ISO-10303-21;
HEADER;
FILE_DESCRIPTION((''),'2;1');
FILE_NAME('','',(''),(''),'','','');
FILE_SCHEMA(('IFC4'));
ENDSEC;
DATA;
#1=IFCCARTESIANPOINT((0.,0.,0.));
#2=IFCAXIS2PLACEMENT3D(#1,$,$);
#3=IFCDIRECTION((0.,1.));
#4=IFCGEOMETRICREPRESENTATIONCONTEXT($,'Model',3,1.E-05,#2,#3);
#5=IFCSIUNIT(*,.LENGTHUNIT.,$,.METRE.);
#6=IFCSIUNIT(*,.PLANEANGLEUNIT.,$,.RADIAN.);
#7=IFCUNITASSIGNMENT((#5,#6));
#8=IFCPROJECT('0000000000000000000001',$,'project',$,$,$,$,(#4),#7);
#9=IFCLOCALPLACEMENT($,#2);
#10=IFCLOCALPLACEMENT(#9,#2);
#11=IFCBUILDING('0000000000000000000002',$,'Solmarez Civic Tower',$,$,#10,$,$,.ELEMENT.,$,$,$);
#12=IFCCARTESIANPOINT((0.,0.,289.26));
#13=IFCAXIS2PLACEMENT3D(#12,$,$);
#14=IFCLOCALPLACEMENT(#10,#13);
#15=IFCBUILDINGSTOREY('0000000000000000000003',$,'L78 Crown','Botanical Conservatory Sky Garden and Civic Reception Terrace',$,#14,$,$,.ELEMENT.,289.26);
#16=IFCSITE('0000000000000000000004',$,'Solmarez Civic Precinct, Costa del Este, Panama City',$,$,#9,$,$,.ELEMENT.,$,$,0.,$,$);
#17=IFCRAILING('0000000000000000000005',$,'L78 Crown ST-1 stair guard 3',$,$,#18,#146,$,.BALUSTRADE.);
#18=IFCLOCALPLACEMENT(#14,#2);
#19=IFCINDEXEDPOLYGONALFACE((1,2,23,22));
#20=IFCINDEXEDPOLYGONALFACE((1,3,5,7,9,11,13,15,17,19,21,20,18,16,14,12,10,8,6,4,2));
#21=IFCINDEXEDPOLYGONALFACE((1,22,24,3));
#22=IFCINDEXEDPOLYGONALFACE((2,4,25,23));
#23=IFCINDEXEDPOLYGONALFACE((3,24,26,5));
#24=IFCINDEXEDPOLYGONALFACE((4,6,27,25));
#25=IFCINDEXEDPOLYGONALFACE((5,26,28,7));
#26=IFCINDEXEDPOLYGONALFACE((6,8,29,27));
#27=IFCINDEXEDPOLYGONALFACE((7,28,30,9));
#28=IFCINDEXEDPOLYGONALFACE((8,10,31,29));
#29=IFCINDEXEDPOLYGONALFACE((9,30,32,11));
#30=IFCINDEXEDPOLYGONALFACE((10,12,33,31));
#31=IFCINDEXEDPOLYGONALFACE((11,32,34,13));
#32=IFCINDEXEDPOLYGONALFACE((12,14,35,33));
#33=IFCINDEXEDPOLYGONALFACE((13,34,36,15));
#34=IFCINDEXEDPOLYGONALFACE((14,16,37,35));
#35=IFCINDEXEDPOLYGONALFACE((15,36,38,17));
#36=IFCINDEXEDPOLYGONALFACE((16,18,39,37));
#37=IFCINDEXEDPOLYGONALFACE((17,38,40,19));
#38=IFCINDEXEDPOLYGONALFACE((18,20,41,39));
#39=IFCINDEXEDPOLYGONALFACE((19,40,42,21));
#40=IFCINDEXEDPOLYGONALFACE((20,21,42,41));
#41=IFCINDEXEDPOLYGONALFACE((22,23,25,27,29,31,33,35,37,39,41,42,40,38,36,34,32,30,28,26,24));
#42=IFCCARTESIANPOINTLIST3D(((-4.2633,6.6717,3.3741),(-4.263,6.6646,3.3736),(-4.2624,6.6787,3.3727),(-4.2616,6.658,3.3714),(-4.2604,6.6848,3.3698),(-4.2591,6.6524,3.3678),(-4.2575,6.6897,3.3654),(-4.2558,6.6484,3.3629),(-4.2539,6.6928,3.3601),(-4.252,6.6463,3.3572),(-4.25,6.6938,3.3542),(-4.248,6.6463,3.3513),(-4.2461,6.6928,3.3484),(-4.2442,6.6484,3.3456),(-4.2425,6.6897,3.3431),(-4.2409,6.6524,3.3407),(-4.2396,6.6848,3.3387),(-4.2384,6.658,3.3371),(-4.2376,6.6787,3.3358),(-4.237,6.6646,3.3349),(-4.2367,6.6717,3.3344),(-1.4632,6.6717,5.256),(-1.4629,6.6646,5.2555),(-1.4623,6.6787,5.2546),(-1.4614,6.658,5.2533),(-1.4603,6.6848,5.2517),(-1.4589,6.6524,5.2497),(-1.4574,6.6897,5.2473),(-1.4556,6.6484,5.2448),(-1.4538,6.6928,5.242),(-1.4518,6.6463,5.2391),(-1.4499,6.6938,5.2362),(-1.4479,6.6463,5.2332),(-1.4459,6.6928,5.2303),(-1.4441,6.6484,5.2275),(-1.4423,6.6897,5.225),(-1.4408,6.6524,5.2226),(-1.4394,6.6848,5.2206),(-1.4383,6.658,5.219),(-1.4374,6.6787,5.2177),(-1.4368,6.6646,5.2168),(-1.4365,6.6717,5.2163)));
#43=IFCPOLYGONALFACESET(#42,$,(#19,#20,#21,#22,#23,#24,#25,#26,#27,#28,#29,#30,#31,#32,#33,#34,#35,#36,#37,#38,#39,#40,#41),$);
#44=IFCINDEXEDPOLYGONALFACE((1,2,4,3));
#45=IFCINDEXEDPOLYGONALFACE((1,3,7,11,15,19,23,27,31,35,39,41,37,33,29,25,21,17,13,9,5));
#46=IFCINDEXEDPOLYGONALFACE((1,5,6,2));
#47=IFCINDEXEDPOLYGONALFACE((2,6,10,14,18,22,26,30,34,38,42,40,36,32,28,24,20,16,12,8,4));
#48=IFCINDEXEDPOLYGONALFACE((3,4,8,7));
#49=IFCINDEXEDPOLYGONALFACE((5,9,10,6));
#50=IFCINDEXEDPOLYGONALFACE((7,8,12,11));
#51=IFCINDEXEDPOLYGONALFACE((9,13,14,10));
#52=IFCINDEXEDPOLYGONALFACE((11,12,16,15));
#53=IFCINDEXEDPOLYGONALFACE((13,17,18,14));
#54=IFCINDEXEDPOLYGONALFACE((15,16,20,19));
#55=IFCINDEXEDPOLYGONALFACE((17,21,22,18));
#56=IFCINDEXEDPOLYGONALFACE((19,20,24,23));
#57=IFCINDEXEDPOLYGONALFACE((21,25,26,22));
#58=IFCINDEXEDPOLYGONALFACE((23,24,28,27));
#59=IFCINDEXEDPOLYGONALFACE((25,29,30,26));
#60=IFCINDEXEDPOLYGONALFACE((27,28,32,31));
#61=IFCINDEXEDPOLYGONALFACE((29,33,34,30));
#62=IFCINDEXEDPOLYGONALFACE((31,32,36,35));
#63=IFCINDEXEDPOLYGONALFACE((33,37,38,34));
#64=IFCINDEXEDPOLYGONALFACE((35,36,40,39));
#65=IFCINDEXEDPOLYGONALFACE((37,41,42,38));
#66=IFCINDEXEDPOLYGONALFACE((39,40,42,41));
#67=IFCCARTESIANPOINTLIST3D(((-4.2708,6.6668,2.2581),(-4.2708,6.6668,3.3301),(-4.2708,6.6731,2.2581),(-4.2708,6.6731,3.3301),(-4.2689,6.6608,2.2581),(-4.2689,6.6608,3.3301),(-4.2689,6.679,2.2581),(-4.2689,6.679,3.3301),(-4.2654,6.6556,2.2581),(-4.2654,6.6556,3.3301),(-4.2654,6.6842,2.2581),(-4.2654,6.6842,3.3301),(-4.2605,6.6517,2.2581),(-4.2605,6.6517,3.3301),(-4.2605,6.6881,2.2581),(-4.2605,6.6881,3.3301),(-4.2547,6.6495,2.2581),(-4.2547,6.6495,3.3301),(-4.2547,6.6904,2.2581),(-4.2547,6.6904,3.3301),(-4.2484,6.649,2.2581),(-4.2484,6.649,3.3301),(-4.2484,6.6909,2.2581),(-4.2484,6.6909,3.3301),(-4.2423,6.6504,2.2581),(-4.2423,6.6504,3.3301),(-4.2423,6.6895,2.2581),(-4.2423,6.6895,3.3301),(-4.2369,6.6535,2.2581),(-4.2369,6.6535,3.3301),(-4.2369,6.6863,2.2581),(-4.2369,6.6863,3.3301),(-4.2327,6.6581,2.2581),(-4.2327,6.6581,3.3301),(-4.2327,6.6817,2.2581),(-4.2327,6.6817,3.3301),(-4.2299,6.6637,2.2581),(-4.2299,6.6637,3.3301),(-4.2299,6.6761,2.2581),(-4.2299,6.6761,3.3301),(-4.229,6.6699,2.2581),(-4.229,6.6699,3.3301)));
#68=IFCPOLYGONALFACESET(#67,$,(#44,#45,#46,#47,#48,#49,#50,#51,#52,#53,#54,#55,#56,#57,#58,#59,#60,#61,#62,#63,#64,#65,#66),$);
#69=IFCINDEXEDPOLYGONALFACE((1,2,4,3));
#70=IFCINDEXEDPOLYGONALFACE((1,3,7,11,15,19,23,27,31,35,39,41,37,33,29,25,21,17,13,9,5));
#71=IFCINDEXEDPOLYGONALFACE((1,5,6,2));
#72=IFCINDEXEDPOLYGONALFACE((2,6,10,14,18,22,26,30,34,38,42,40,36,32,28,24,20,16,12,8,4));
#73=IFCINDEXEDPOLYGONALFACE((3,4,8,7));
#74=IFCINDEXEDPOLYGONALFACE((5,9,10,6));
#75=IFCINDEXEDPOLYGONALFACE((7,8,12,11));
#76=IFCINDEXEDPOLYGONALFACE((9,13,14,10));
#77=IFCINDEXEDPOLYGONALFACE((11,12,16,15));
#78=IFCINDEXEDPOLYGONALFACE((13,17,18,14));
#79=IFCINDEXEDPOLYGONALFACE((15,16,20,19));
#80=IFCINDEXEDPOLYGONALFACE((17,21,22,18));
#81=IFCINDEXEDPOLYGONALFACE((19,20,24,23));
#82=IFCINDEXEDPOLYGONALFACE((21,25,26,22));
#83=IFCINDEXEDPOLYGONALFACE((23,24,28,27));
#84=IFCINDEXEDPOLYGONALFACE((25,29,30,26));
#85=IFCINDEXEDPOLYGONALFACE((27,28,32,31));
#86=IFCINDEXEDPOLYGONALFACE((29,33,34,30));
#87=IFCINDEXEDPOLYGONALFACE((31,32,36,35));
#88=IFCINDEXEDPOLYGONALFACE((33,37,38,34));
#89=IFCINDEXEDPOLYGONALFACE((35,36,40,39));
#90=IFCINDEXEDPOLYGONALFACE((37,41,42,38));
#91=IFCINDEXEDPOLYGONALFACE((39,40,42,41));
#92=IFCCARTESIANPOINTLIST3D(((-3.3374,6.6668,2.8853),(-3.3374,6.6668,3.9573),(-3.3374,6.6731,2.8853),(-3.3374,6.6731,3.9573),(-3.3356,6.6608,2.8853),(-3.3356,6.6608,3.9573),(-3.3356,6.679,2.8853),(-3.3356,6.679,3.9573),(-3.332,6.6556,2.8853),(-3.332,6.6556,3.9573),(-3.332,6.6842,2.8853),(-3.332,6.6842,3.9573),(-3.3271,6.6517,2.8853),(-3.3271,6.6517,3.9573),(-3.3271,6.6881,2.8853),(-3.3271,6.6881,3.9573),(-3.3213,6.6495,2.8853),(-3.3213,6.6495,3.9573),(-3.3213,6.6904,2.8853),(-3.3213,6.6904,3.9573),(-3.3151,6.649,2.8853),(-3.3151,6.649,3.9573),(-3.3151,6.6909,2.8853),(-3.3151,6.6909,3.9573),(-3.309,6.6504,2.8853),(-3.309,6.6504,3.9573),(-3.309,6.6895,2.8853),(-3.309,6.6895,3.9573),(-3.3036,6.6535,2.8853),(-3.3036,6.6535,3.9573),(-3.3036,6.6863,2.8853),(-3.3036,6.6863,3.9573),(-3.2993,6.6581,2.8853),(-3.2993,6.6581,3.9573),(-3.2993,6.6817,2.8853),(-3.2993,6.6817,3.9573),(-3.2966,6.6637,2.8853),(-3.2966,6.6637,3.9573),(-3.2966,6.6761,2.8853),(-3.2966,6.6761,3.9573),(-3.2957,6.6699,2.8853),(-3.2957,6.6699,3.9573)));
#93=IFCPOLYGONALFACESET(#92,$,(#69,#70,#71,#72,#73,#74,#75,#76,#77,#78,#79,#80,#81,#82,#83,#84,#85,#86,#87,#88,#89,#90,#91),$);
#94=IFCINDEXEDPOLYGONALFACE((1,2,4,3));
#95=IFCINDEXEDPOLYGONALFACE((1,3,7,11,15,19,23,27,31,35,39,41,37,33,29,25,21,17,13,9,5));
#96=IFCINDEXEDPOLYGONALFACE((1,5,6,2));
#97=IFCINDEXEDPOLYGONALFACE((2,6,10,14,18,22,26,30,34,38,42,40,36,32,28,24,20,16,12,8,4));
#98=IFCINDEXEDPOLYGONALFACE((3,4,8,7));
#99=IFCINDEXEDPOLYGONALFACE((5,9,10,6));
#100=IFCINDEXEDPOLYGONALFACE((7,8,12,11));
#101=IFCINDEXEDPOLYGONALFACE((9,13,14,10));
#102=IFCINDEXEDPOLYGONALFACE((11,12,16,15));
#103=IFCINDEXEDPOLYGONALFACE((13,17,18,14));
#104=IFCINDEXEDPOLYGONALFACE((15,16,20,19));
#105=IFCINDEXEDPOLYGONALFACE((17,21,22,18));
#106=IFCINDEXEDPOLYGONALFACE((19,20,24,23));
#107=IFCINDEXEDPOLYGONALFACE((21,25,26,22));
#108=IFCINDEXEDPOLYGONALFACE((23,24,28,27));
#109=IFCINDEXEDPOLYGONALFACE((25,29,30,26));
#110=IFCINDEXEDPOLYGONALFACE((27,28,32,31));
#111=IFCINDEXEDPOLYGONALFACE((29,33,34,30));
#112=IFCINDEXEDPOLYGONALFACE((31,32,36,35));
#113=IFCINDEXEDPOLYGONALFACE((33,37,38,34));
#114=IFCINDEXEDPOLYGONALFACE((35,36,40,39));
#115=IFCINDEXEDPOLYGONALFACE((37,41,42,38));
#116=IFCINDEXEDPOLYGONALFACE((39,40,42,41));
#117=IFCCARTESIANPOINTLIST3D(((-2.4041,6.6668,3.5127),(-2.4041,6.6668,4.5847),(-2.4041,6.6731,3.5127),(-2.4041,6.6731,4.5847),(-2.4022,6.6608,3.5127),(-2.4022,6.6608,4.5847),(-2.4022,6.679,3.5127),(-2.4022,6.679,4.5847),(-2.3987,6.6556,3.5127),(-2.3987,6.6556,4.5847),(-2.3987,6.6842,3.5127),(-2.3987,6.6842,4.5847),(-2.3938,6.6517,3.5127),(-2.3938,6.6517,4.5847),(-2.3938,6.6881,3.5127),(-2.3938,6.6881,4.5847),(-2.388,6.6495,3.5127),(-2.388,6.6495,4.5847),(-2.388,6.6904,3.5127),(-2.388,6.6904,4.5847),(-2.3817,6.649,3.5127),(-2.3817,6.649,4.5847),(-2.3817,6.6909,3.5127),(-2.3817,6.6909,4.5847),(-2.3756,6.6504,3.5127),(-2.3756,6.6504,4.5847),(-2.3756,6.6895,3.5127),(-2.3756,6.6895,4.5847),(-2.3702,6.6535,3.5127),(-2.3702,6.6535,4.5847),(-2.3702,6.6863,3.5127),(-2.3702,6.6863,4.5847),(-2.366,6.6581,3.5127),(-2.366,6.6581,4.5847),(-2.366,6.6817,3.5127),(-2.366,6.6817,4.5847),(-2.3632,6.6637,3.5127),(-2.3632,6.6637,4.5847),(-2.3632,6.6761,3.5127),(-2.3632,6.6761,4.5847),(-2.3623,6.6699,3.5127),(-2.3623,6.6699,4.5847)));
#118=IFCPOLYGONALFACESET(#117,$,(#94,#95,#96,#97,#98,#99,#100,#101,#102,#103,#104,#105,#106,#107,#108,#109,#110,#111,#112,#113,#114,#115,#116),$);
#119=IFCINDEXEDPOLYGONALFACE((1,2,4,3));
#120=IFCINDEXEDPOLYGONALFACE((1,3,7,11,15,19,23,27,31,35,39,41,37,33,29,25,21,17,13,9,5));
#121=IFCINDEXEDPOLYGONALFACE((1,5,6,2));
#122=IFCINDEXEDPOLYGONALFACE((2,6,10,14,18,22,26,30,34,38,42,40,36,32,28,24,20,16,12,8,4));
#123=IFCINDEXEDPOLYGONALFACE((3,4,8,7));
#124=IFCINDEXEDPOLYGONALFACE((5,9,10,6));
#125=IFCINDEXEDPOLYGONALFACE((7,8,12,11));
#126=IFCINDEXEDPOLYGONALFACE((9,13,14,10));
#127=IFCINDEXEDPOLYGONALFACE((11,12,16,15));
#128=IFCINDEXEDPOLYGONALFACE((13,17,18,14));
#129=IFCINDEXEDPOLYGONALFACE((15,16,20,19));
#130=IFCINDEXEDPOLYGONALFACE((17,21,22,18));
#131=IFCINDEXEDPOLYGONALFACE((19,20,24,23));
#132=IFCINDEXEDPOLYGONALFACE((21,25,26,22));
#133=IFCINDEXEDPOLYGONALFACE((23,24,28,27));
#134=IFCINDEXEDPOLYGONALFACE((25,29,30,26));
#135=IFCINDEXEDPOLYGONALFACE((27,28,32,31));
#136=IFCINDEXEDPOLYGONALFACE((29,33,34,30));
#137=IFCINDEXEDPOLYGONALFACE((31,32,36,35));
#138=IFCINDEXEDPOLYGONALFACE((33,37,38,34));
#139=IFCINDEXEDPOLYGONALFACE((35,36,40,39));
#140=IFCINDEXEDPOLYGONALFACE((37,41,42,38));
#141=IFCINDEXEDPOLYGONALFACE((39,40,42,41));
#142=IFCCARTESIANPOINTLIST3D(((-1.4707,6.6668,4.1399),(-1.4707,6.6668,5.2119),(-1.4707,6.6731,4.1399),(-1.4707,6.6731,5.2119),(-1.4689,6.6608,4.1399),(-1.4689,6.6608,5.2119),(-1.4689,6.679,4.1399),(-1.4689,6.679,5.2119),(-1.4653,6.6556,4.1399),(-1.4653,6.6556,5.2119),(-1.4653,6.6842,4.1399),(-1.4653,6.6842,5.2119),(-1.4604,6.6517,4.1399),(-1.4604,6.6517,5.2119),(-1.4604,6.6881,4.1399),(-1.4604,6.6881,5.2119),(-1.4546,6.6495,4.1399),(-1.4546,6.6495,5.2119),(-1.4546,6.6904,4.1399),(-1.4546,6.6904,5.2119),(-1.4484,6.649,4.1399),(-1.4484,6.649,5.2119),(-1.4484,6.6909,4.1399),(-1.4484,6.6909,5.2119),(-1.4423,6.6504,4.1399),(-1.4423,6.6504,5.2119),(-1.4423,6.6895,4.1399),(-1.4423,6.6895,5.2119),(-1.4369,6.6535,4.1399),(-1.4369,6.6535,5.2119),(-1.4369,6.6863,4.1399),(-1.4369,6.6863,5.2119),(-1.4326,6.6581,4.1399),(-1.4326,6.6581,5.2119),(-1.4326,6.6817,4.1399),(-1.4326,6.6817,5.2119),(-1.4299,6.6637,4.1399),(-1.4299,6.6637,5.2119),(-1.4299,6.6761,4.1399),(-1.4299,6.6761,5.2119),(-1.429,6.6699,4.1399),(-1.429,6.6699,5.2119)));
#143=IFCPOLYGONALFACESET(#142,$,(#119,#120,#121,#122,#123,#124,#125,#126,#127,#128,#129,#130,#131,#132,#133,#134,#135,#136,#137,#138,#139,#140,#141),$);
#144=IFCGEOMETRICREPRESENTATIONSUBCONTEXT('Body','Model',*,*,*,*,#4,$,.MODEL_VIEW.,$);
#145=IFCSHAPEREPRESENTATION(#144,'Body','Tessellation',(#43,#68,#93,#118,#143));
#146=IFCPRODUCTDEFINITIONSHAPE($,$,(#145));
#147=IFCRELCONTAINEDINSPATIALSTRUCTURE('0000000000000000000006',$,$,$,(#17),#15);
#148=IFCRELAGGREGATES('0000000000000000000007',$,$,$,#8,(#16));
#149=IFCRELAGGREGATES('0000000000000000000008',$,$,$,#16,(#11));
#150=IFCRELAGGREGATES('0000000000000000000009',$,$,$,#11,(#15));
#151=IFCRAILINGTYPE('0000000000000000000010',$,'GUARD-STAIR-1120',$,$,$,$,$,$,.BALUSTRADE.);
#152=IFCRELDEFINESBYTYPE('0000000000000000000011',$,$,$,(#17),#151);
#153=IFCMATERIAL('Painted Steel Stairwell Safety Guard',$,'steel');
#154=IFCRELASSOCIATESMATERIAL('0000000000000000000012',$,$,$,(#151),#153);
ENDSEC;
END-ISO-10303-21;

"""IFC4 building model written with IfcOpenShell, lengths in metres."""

from ifc_helpers import new_model, si_unit, direction, frame, origin, origin_2d, place, context, subcontext, project, spatial, circle, extrude, material, type_object, element, save


model = new_model("IFC4")

# Units and contexts
model_context = context("Model", 3, precision=1e-05, world=origin(), true_north=direction((0.0, 1.0)))
body_context = subcontext(model_context, "Body", "Model", "MODEL_VIEW")
ifc_project = project(units=[si_unit("LENGTHUNIT", "METRE"), si_unit("PLANEANGLEUNIT", "RADIAN")], contexts=[model_context])

# Site, building, storey
site_placement = place(None, origin())
site = spatial("IfcSite", under=ifc_project, at=site_placement, Name="Solmarez Civic Precinct, Costa del Este, Panama City", CompositionType="ELEMENT", RefElevation=0.0)
building_placement = place(site_placement, origin())
building = spatial("IfcBuilding", under=site, at=building_placement, Name="Solmarez Civic Tower", CompositionType="ELEMENT")
storey_placement = place(building_placement, frame((0.0, 0.0, 289.26)))
storey = spatial("IfcBuildingStorey", under=building, at=storey_placement, Name="L78 Crown", Description="Botanical Conservatory Sky Garden and Civic Reception Terrace", CompositionType="ELEMENT", Elevation=289.26)

# Railing
ifc_material_1 = material(Name="Painted Steel Stairwell Safety Guard", Category="steel")
railing_type_1 = type_object("IfcRailingType", Name="GUARD-STAIR-1120", PredefinedType="BALUSTRADE", material=ifc_material_1)
railing_1_placement = place(storey_placement, frame((-4.25, 6.6699, 2.2581)))
element("IfcRailing", 1, at=railing_1_placement, inside=storey, type_object=railing_type_1, Name="L78 Crown ST-1 stair guard 3", PredefinedType="BALUSTRADE", context=body_context, shape_type="SweptSolid", body=[
    extrude(circle(Radius=0.0239, at=origin_2d()), frame((0.0, 0.0, 1.0962), z_axis=(0.829974, 0.0, 0.557803), x_axis=(0.0, 1.0, 0.0)), (0.0, 0.0, 1.0), 3.3738),
    extrude(circle(Radius=0.021, at=origin_2d()), origin(), (0.0, 0.0, 1.0), 1.072),
    extrude(circle(Radius=0.021, at=origin_2d()), frame((0.9333, 0.0, 0.6272)), (0.0, 0.0, 1.0), 1.072),
    extrude(circle(Radius=0.021, at=origin_2d()), frame((1.8667, 0.0, 1.2546)), (0.0, 0.0, 1.0), 1.072),
    extrude(circle(Radius=0.021, at=origin_2d()), frame((2.8, 0.0, 1.8818)), (0.0, 0.0, 1.0), 1.072),
])

save(model, "model.ifc")
